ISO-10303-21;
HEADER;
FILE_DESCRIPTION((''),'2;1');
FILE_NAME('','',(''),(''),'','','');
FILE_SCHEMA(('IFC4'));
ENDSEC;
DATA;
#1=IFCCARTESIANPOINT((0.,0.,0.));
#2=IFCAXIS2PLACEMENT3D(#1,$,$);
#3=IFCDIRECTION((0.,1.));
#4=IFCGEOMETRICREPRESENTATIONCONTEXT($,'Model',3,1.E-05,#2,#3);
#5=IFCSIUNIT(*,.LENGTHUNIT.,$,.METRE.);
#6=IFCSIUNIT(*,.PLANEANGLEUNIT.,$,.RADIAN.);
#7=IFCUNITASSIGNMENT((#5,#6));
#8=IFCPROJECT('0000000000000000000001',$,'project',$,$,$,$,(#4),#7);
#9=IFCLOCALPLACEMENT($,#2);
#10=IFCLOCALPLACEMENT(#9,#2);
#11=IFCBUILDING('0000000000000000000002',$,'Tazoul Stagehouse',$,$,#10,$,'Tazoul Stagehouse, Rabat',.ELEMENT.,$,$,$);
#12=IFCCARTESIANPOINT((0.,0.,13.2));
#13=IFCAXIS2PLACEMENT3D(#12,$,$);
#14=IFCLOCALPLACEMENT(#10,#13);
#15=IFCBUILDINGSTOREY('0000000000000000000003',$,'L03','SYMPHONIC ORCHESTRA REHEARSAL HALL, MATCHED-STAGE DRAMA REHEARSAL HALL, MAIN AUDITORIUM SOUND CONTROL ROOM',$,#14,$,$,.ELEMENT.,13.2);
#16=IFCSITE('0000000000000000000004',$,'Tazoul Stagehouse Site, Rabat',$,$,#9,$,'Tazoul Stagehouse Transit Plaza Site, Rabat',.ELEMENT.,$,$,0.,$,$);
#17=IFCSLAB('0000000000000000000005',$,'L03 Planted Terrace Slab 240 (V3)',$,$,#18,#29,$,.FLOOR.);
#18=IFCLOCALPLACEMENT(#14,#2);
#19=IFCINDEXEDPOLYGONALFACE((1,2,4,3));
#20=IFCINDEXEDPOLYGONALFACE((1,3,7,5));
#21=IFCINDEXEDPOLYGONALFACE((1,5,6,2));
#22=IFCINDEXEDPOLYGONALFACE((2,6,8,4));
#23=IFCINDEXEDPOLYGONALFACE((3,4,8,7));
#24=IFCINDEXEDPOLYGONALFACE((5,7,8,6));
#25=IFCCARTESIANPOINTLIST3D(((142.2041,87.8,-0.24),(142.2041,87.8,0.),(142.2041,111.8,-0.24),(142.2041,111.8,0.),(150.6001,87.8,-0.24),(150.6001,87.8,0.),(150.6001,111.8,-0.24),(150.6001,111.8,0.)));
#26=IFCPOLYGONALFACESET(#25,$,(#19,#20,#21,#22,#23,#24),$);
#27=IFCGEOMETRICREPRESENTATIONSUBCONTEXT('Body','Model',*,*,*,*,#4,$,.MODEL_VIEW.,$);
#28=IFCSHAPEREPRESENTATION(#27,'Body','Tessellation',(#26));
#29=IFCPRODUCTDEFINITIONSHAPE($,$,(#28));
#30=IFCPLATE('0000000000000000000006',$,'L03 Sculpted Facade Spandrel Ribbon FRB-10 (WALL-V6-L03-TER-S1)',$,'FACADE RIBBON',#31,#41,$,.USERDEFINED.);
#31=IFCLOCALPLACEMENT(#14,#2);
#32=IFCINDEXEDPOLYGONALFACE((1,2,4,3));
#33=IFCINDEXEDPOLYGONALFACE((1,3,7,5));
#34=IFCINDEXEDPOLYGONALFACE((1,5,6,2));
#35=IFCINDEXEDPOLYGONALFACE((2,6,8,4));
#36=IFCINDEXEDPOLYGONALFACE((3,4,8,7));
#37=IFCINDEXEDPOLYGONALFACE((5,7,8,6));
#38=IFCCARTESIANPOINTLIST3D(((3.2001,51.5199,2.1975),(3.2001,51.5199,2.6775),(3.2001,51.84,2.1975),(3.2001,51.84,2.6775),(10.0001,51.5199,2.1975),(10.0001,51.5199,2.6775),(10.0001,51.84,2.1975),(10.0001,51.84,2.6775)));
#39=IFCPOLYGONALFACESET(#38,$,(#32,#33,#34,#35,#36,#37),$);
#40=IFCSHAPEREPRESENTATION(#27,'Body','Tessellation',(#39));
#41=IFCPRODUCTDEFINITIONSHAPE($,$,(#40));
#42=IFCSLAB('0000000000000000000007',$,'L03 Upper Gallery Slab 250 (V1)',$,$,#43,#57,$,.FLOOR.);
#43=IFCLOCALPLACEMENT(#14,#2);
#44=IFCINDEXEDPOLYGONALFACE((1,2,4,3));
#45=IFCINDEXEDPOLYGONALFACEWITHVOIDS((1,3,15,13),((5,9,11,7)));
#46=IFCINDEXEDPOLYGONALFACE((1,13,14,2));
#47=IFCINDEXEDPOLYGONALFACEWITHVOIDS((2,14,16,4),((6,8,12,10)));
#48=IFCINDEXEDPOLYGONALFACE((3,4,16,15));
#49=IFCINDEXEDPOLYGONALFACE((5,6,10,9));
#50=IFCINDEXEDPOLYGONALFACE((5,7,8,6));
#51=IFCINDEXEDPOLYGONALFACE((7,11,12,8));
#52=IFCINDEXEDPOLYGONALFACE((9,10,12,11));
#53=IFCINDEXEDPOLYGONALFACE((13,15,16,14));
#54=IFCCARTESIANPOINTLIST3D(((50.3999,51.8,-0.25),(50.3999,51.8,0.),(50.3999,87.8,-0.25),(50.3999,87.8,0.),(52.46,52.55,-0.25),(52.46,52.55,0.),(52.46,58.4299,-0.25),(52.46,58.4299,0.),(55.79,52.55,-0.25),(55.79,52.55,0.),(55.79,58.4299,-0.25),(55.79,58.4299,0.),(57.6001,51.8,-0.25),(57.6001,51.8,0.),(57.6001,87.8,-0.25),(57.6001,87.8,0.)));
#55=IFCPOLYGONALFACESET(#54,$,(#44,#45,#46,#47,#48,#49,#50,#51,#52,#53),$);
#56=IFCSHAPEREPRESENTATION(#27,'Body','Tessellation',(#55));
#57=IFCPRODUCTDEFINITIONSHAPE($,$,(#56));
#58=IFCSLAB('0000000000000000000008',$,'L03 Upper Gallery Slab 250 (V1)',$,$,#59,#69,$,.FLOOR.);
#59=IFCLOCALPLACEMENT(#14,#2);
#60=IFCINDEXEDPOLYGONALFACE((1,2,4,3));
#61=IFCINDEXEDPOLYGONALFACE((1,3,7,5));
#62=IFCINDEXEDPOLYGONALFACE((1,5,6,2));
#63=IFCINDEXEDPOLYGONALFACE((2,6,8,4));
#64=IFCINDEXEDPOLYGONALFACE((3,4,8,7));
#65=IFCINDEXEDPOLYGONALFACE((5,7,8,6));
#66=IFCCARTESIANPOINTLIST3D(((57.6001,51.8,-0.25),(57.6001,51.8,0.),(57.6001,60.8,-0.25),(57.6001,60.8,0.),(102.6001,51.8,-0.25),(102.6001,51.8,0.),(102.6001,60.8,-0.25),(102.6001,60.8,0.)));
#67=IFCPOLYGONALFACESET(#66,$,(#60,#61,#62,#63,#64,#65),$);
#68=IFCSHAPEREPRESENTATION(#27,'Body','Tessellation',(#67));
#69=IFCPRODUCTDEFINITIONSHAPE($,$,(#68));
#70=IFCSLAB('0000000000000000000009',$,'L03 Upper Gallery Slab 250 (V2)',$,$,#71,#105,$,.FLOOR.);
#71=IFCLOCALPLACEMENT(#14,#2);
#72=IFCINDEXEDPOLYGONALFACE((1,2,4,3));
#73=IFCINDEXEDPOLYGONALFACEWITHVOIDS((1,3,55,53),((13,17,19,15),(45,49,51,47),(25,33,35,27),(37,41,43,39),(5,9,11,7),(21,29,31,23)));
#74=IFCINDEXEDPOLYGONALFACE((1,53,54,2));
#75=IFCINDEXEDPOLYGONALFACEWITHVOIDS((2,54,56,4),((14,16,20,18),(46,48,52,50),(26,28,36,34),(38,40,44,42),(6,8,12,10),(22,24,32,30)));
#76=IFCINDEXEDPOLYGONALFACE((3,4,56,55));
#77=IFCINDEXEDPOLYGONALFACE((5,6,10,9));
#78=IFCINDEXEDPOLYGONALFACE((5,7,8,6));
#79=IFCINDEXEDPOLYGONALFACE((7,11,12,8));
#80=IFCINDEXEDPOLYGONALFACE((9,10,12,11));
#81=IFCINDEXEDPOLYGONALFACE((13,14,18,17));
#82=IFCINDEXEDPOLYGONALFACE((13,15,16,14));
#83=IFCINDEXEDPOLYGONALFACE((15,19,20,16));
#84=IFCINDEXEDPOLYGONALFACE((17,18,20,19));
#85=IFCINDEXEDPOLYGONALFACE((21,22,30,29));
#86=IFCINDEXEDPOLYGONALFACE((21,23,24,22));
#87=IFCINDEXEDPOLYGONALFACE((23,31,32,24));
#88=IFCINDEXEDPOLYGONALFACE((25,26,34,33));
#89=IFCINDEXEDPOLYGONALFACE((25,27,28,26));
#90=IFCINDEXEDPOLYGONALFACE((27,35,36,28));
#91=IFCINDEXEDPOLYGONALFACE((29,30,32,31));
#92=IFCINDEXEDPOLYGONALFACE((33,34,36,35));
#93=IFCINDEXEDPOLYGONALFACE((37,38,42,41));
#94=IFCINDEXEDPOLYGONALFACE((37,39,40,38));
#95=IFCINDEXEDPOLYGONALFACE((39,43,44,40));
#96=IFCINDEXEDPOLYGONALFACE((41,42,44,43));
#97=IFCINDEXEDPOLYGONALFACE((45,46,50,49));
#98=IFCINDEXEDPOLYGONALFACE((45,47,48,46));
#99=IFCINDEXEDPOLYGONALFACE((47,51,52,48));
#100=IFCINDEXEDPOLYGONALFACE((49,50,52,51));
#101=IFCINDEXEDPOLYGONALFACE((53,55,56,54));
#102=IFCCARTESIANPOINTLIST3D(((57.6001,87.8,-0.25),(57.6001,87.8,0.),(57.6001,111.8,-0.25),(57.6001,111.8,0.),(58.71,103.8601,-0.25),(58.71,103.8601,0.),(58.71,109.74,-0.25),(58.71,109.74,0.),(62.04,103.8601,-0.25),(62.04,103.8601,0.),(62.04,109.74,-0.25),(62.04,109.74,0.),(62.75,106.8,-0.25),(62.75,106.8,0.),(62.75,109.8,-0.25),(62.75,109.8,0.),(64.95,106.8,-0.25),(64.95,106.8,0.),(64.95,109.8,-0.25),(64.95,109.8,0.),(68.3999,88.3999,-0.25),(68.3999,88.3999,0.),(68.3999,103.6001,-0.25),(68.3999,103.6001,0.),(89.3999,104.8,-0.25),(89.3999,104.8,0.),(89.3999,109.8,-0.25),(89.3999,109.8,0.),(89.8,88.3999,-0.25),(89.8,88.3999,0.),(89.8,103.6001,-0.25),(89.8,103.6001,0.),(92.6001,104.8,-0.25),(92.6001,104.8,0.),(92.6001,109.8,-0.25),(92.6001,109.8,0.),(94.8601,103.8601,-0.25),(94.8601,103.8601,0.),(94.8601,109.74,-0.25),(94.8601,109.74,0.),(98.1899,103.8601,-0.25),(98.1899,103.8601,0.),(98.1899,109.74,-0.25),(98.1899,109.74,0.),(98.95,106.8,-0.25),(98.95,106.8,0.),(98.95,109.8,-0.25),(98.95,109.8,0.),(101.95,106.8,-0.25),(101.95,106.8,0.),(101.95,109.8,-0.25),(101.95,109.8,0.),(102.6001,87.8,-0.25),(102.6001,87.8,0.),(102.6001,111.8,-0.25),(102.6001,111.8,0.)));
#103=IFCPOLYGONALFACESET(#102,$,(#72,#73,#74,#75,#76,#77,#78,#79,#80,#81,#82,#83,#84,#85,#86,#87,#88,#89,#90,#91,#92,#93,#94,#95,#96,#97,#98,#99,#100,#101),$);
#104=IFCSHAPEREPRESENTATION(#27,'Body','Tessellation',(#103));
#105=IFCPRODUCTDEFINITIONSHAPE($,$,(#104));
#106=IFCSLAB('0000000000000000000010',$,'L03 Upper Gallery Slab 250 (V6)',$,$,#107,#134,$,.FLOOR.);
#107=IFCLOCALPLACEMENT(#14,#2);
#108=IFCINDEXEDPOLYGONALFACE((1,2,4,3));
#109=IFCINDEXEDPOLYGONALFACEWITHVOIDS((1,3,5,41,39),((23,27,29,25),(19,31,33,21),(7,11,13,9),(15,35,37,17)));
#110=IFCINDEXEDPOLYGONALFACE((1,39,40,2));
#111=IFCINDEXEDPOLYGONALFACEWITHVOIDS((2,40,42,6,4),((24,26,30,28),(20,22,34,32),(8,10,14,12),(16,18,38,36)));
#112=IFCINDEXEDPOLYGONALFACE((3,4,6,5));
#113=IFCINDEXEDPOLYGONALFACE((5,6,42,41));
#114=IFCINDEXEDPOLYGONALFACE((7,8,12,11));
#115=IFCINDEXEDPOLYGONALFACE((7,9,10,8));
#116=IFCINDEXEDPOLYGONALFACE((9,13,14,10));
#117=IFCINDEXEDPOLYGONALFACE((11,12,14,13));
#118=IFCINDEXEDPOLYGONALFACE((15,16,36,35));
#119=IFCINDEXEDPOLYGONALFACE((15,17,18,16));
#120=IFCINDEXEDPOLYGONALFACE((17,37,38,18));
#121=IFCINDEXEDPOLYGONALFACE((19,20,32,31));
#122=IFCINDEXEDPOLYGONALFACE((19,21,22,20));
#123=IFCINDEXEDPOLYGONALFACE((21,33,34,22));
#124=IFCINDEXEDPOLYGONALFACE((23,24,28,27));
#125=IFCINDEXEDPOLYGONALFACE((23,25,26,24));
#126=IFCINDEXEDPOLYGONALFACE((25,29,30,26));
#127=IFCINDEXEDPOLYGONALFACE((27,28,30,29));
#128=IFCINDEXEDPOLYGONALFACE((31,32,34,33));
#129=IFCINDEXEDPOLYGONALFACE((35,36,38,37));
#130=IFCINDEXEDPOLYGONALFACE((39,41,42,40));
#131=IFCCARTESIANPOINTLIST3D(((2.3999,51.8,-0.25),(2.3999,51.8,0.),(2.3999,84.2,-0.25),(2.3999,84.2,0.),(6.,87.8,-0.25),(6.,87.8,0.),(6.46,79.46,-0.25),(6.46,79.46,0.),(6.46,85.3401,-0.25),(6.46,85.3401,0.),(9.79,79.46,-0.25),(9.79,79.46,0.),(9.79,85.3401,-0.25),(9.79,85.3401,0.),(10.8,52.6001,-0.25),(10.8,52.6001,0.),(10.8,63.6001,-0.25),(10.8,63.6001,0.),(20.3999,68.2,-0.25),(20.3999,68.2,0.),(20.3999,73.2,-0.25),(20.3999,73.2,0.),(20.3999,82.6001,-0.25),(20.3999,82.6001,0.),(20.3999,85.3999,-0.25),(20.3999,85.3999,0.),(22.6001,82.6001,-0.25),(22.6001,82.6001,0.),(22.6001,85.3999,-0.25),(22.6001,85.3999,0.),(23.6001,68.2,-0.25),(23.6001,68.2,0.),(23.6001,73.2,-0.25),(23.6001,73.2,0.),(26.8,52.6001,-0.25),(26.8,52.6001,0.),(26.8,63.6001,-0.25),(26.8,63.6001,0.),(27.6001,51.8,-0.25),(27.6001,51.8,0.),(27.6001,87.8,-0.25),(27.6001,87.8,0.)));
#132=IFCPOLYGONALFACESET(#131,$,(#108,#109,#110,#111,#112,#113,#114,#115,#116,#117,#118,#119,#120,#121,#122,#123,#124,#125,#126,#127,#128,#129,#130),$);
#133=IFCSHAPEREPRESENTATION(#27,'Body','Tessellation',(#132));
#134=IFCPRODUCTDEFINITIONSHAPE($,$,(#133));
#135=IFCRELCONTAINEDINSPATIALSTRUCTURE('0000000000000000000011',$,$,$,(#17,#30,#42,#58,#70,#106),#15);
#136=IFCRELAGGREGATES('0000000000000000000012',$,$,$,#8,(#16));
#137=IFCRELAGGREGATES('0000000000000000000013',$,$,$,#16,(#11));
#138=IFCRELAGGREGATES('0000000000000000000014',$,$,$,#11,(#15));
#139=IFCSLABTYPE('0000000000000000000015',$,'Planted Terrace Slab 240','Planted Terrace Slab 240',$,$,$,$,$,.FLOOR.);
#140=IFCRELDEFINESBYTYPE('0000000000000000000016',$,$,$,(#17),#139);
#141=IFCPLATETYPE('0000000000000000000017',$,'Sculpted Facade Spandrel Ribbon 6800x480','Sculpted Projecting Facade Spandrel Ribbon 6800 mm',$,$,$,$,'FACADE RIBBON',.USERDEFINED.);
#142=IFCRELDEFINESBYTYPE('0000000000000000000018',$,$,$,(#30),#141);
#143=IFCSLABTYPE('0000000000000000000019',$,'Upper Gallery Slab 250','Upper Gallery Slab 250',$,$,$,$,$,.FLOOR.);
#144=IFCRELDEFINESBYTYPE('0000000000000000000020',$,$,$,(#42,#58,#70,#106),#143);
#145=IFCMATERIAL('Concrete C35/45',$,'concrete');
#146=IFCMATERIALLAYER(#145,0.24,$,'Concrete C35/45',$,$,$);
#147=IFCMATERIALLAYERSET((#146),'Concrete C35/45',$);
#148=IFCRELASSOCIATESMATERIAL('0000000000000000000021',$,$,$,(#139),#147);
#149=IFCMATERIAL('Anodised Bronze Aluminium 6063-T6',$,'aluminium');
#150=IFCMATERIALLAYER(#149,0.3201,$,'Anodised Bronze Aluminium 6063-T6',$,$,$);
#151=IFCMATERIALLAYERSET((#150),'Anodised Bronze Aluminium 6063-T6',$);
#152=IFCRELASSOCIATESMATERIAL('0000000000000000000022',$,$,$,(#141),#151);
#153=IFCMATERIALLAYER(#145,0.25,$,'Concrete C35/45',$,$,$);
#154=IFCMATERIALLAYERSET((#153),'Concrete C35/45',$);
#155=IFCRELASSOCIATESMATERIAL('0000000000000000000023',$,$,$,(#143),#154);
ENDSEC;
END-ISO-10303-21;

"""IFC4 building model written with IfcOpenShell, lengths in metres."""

from ifc_helpers import new_model, si_unit, direction, frame, origin, origin_2d, place, context, subcontext, project, spatial, polyline, rectangle, outline, extrude, material, layer, layer_set, type_object, element, save


model = new_model("IFC4")

# Units and contexts
model_context = context("Model", 3, precision=1e-05, world=origin(), true_north=direction((0.0, 1.0)))
body_context = subcontext(model_context, "Body", "Model", "MODEL_VIEW")
ifc_project = project(units=[si_unit("LENGTHUNIT", "METRE"), si_unit("PLANEANGLEUNIT", "RADIAN")], contexts=[model_context])

# Site, building, storey
site_placement = place(None, origin())
site = spatial("IfcSite", under=ifc_project, at=site_placement, Name="Tazoul Stagehouse Site, Rabat", LongName="Tazoul Stagehouse Transit Plaza Site, Rabat", CompositionType="ELEMENT", RefElevation=0.0)
building_placement = place(site_placement, origin())
building = spatial("IfcBuilding", under=site, at=building_placement, Name="Tazoul Stagehouse", LongName="Tazoul Stagehouse, Rabat", CompositionType="ELEMENT")
storey_placement = place(building_placement, frame((0.0, 0.0, 13.2)))
storey = spatial("IfcBuildingStorey", under=building, at=storey_placement, Name="L03", Description="SYMPHONIC ORCHESTRA REHEARSAL HALL, MATCHED-STAGE DRAMA REHEARSAL HALL, MAIN AUDITORIUM SOUND CONTROL ROOM", CompositionType="ELEMENT", Elevation=13.2)

# Shared definitions
ifc_material_1 = material(Name="Concrete C35/45", Category="concrete")

# Shared definitions
ifc_material_2 = material(Name="Anodised Bronze Aluminium 6063-T6", Category="aluminium")

# Slab
ifc_layer_1 = layer(ifc_material_1, 0.24, Name="Concrete C35/45")
ifc_layer_set_1 = layer_set([ifc_layer_1], Name="Concrete C35/45")
slab_type_1 = type_object("IfcSlabType", Name="Planted Terrace Slab 240", Description="Planted Terrace Slab 240", PredefinedType="FLOOR", material=ifc_layer_set_1)
slab_1_placement = place(storey_placement, frame((0.0, 0.0, -0.24)))
element("IfcSlab", 1, at=slab_1_placement, inside=storey, type_object=slab_type_1, Name="L03 Planted Terrace Slab 240 (V3)", PredefinedType="FLOOR", context=body_context, shape_type="SweptSolid", body=[
    extrude(outline(polyline([(142.2041, 87.8), (142.2041, 111.8), (150.6001, 111.8), (150.6001, 87.8), (142.2041, 87.8)])), origin(), (0.0, 0.0, 1.0), 0.24),
])

# Plate
ifc_layer_2 = layer(ifc_material_2, 0.3201, Name="Anodised Bronze Aluminium 6063-T6")
ifc_layer_set_2 = layer_set([ifc_layer_2], Name="Anodised Bronze Aluminium 6063-T6")
plate_type_1 = type_object("IfcPlateType", Name="Sculpted Facade Spandrel Ribbon 6800x480", Description="Sculpted Projecting Facade Spandrel Ribbon 6800 mm", ElementType="FACADE RIBBON", PredefinedType="USERDEFINED", material=ifc_layer_set_2)
plate_1_placement = place(storey_placement, frame((6.6001, 51.6799, 2.1975), z_axis=(0.0, 0.0, 1.0), x_axis=(1.0, 0.0, 0.0)))
element("IfcPlate", 2, at=plate_1_placement, inside=storey, type_object=plate_type_1, Name="L03 Sculpted Facade Spandrel Ribbon FRB-10 (WALL-V6-L03-TER-S1)", ObjectType="FACADE RIBBON", PredefinedType="USERDEFINED", context=body_context, shape_type="SweptSolid", body=[
    extrude(rectangle(XDim=6.8, YDim=0.3201, at=origin_2d()), origin(), (0.0, 0.0, 1.0), 0.48),
])

# Slabs
ifc_layer_3 = layer(ifc_material_1, 0.25, Name="Concrete C35/45")
ifc_layer_set_3 = layer_set([ifc_layer_3], Name="Concrete C35/45")
slab_type_2 = type_object("IfcSlabType", Name="Upper Gallery Slab 250", Description="Upper Gallery Slab 250", PredefinedType="FLOOR", material=ifc_layer_set_3)
slab_2_placement = place(storey_placement, frame((0.0, 0.0, -0.25)))
element("IfcSlab", 3, at=slab_2_placement, inside=storey, type_object=slab_type_2, Name="L03 Upper Gallery Slab 250 (V1)", PredefinedType="FLOOR", context=body_context, shape_type="SweptSolid", body=[
    extrude(outline(polyline([(50.3999, 51.8), (50.3999, 87.8), (57.6001, 87.8), (57.6001, 51.8), (50.3999, 51.8)]), holes=[polyline([(52.46, 58.4299), (55.79, 58.4299), (55.79, 52.55), (52.46, 52.55), (52.46, 58.4299)])]), origin(), (0.0, 0.0, 1.0), 0.25),
])
slab_3_placement = place(storey_placement, frame((0.0, 0.0, -0.25)))
element("IfcSlab", 4, at=slab_3_placement, inside=storey, type_object=slab_type_2, Name="L03 Upper Gallery Slab 250 (V1)", PredefinedType="FLOOR", context=body_context, shape_type="SweptSolid", body=[
    extrude(outline(polyline([(57.6001, 51.8), (57.6001, 60.8), (102.6001, 60.8), (102.6001, 51.8), (57.6001, 51.8)])), origin(), (0.0, 0.0, 1.0), 0.25),
])
slab_4_placement = place(storey_placement, frame((0.0, 0.0, -0.25)))
element("IfcSlab", 5, at=slab_4_placement, inside=storey, type_object=slab_type_2, Name="L03 Upper Gallery Slab 250 (V2)", PredefinedType="FLOOR", context=body_context, shape_type="SweptSolid", body=[
    extrude(outline(polyline([(57.6001, 87.8), (57.6001, 111.8), (102.6001, 111.8), (102.6001, 87.8), (57.6001, 87.8)]), holes=[polyline([(58.71, 103.8601), (58.71, 109.74), (62.04, 109.74), (62.04, 103.8601), (58.71, 103.8601)]), polyline([(64.95, 106.8), (62.75, 106.8), (62.75, 109.8), (64.95, 109.8), (64.95, 106.8)]), polyline([(68.3999, 103.6001), (89.8, 103.6001), (89.8, 88.3999), (68.3999, 88.3999), (68.3999, 103.6001)]), polyline([(94.8601, 103.8601), (94.8601, 109.74), (98.1899, 109.74), (98.1899, 103.8601), (94.8601, 103.8601)]), polyline([(89.3999, 104.8), (89.3999, 109.8), (92.6001, 109.8), (92.6001, 104.8), (89.3999, 104.8)]), polyline([(98.95, 106.8), (98.95, 109.8), (101.95, 109.8), (101.95, 106.8), (98.95, 106.8)])]), origin(), (0.0, 0.0, 1.0), 0.25),
])
slab_5_placement = place(storey_placement, frame((0.0, 0.0, -0.25)))
element("IfcSlab", 6, at=slab_5_placement, inside=storey, type_object=slab_type_2, Name="L03 Upper Gallery Slab 250 (V6)", PredefinedType="FLOOR", context=body_context, shape_type="SweptSolid", body=[
    extrude(outline(polyline([(2.3999, 51.8), (2.3999, 84.2), (6.0, 87.8), (27.6001, 87.8), (27.6001, 51.8), (2.3999, 51.8)]), holes=[polyline([(10.8, 63.6001), (26.8, 63.6001), (26.8, 52.6001), (10.8, 52.6001), (10.8, 63.6001)]), polyline([(20.3999, 68.2), (20.3999, 73.2), (23.6001, 73.2), (23.6001, 68.2), (20.3999, 68.2)]), polyline([(9.79, 79.46), (6.46, 79.46), (6.46, 85.3401), (9.79, 85.3401), (9.79, 79.46)]), polyline([(20.3999, 82.6001), (20.3999, 85.3999), (22.6001, 85.3999), (22.6001, 82.6001), (20.3999, 82.6001)])]), origin(), (0.0, 0.0, 1.0), 0.25),
])

save(model, "model.ifc")
